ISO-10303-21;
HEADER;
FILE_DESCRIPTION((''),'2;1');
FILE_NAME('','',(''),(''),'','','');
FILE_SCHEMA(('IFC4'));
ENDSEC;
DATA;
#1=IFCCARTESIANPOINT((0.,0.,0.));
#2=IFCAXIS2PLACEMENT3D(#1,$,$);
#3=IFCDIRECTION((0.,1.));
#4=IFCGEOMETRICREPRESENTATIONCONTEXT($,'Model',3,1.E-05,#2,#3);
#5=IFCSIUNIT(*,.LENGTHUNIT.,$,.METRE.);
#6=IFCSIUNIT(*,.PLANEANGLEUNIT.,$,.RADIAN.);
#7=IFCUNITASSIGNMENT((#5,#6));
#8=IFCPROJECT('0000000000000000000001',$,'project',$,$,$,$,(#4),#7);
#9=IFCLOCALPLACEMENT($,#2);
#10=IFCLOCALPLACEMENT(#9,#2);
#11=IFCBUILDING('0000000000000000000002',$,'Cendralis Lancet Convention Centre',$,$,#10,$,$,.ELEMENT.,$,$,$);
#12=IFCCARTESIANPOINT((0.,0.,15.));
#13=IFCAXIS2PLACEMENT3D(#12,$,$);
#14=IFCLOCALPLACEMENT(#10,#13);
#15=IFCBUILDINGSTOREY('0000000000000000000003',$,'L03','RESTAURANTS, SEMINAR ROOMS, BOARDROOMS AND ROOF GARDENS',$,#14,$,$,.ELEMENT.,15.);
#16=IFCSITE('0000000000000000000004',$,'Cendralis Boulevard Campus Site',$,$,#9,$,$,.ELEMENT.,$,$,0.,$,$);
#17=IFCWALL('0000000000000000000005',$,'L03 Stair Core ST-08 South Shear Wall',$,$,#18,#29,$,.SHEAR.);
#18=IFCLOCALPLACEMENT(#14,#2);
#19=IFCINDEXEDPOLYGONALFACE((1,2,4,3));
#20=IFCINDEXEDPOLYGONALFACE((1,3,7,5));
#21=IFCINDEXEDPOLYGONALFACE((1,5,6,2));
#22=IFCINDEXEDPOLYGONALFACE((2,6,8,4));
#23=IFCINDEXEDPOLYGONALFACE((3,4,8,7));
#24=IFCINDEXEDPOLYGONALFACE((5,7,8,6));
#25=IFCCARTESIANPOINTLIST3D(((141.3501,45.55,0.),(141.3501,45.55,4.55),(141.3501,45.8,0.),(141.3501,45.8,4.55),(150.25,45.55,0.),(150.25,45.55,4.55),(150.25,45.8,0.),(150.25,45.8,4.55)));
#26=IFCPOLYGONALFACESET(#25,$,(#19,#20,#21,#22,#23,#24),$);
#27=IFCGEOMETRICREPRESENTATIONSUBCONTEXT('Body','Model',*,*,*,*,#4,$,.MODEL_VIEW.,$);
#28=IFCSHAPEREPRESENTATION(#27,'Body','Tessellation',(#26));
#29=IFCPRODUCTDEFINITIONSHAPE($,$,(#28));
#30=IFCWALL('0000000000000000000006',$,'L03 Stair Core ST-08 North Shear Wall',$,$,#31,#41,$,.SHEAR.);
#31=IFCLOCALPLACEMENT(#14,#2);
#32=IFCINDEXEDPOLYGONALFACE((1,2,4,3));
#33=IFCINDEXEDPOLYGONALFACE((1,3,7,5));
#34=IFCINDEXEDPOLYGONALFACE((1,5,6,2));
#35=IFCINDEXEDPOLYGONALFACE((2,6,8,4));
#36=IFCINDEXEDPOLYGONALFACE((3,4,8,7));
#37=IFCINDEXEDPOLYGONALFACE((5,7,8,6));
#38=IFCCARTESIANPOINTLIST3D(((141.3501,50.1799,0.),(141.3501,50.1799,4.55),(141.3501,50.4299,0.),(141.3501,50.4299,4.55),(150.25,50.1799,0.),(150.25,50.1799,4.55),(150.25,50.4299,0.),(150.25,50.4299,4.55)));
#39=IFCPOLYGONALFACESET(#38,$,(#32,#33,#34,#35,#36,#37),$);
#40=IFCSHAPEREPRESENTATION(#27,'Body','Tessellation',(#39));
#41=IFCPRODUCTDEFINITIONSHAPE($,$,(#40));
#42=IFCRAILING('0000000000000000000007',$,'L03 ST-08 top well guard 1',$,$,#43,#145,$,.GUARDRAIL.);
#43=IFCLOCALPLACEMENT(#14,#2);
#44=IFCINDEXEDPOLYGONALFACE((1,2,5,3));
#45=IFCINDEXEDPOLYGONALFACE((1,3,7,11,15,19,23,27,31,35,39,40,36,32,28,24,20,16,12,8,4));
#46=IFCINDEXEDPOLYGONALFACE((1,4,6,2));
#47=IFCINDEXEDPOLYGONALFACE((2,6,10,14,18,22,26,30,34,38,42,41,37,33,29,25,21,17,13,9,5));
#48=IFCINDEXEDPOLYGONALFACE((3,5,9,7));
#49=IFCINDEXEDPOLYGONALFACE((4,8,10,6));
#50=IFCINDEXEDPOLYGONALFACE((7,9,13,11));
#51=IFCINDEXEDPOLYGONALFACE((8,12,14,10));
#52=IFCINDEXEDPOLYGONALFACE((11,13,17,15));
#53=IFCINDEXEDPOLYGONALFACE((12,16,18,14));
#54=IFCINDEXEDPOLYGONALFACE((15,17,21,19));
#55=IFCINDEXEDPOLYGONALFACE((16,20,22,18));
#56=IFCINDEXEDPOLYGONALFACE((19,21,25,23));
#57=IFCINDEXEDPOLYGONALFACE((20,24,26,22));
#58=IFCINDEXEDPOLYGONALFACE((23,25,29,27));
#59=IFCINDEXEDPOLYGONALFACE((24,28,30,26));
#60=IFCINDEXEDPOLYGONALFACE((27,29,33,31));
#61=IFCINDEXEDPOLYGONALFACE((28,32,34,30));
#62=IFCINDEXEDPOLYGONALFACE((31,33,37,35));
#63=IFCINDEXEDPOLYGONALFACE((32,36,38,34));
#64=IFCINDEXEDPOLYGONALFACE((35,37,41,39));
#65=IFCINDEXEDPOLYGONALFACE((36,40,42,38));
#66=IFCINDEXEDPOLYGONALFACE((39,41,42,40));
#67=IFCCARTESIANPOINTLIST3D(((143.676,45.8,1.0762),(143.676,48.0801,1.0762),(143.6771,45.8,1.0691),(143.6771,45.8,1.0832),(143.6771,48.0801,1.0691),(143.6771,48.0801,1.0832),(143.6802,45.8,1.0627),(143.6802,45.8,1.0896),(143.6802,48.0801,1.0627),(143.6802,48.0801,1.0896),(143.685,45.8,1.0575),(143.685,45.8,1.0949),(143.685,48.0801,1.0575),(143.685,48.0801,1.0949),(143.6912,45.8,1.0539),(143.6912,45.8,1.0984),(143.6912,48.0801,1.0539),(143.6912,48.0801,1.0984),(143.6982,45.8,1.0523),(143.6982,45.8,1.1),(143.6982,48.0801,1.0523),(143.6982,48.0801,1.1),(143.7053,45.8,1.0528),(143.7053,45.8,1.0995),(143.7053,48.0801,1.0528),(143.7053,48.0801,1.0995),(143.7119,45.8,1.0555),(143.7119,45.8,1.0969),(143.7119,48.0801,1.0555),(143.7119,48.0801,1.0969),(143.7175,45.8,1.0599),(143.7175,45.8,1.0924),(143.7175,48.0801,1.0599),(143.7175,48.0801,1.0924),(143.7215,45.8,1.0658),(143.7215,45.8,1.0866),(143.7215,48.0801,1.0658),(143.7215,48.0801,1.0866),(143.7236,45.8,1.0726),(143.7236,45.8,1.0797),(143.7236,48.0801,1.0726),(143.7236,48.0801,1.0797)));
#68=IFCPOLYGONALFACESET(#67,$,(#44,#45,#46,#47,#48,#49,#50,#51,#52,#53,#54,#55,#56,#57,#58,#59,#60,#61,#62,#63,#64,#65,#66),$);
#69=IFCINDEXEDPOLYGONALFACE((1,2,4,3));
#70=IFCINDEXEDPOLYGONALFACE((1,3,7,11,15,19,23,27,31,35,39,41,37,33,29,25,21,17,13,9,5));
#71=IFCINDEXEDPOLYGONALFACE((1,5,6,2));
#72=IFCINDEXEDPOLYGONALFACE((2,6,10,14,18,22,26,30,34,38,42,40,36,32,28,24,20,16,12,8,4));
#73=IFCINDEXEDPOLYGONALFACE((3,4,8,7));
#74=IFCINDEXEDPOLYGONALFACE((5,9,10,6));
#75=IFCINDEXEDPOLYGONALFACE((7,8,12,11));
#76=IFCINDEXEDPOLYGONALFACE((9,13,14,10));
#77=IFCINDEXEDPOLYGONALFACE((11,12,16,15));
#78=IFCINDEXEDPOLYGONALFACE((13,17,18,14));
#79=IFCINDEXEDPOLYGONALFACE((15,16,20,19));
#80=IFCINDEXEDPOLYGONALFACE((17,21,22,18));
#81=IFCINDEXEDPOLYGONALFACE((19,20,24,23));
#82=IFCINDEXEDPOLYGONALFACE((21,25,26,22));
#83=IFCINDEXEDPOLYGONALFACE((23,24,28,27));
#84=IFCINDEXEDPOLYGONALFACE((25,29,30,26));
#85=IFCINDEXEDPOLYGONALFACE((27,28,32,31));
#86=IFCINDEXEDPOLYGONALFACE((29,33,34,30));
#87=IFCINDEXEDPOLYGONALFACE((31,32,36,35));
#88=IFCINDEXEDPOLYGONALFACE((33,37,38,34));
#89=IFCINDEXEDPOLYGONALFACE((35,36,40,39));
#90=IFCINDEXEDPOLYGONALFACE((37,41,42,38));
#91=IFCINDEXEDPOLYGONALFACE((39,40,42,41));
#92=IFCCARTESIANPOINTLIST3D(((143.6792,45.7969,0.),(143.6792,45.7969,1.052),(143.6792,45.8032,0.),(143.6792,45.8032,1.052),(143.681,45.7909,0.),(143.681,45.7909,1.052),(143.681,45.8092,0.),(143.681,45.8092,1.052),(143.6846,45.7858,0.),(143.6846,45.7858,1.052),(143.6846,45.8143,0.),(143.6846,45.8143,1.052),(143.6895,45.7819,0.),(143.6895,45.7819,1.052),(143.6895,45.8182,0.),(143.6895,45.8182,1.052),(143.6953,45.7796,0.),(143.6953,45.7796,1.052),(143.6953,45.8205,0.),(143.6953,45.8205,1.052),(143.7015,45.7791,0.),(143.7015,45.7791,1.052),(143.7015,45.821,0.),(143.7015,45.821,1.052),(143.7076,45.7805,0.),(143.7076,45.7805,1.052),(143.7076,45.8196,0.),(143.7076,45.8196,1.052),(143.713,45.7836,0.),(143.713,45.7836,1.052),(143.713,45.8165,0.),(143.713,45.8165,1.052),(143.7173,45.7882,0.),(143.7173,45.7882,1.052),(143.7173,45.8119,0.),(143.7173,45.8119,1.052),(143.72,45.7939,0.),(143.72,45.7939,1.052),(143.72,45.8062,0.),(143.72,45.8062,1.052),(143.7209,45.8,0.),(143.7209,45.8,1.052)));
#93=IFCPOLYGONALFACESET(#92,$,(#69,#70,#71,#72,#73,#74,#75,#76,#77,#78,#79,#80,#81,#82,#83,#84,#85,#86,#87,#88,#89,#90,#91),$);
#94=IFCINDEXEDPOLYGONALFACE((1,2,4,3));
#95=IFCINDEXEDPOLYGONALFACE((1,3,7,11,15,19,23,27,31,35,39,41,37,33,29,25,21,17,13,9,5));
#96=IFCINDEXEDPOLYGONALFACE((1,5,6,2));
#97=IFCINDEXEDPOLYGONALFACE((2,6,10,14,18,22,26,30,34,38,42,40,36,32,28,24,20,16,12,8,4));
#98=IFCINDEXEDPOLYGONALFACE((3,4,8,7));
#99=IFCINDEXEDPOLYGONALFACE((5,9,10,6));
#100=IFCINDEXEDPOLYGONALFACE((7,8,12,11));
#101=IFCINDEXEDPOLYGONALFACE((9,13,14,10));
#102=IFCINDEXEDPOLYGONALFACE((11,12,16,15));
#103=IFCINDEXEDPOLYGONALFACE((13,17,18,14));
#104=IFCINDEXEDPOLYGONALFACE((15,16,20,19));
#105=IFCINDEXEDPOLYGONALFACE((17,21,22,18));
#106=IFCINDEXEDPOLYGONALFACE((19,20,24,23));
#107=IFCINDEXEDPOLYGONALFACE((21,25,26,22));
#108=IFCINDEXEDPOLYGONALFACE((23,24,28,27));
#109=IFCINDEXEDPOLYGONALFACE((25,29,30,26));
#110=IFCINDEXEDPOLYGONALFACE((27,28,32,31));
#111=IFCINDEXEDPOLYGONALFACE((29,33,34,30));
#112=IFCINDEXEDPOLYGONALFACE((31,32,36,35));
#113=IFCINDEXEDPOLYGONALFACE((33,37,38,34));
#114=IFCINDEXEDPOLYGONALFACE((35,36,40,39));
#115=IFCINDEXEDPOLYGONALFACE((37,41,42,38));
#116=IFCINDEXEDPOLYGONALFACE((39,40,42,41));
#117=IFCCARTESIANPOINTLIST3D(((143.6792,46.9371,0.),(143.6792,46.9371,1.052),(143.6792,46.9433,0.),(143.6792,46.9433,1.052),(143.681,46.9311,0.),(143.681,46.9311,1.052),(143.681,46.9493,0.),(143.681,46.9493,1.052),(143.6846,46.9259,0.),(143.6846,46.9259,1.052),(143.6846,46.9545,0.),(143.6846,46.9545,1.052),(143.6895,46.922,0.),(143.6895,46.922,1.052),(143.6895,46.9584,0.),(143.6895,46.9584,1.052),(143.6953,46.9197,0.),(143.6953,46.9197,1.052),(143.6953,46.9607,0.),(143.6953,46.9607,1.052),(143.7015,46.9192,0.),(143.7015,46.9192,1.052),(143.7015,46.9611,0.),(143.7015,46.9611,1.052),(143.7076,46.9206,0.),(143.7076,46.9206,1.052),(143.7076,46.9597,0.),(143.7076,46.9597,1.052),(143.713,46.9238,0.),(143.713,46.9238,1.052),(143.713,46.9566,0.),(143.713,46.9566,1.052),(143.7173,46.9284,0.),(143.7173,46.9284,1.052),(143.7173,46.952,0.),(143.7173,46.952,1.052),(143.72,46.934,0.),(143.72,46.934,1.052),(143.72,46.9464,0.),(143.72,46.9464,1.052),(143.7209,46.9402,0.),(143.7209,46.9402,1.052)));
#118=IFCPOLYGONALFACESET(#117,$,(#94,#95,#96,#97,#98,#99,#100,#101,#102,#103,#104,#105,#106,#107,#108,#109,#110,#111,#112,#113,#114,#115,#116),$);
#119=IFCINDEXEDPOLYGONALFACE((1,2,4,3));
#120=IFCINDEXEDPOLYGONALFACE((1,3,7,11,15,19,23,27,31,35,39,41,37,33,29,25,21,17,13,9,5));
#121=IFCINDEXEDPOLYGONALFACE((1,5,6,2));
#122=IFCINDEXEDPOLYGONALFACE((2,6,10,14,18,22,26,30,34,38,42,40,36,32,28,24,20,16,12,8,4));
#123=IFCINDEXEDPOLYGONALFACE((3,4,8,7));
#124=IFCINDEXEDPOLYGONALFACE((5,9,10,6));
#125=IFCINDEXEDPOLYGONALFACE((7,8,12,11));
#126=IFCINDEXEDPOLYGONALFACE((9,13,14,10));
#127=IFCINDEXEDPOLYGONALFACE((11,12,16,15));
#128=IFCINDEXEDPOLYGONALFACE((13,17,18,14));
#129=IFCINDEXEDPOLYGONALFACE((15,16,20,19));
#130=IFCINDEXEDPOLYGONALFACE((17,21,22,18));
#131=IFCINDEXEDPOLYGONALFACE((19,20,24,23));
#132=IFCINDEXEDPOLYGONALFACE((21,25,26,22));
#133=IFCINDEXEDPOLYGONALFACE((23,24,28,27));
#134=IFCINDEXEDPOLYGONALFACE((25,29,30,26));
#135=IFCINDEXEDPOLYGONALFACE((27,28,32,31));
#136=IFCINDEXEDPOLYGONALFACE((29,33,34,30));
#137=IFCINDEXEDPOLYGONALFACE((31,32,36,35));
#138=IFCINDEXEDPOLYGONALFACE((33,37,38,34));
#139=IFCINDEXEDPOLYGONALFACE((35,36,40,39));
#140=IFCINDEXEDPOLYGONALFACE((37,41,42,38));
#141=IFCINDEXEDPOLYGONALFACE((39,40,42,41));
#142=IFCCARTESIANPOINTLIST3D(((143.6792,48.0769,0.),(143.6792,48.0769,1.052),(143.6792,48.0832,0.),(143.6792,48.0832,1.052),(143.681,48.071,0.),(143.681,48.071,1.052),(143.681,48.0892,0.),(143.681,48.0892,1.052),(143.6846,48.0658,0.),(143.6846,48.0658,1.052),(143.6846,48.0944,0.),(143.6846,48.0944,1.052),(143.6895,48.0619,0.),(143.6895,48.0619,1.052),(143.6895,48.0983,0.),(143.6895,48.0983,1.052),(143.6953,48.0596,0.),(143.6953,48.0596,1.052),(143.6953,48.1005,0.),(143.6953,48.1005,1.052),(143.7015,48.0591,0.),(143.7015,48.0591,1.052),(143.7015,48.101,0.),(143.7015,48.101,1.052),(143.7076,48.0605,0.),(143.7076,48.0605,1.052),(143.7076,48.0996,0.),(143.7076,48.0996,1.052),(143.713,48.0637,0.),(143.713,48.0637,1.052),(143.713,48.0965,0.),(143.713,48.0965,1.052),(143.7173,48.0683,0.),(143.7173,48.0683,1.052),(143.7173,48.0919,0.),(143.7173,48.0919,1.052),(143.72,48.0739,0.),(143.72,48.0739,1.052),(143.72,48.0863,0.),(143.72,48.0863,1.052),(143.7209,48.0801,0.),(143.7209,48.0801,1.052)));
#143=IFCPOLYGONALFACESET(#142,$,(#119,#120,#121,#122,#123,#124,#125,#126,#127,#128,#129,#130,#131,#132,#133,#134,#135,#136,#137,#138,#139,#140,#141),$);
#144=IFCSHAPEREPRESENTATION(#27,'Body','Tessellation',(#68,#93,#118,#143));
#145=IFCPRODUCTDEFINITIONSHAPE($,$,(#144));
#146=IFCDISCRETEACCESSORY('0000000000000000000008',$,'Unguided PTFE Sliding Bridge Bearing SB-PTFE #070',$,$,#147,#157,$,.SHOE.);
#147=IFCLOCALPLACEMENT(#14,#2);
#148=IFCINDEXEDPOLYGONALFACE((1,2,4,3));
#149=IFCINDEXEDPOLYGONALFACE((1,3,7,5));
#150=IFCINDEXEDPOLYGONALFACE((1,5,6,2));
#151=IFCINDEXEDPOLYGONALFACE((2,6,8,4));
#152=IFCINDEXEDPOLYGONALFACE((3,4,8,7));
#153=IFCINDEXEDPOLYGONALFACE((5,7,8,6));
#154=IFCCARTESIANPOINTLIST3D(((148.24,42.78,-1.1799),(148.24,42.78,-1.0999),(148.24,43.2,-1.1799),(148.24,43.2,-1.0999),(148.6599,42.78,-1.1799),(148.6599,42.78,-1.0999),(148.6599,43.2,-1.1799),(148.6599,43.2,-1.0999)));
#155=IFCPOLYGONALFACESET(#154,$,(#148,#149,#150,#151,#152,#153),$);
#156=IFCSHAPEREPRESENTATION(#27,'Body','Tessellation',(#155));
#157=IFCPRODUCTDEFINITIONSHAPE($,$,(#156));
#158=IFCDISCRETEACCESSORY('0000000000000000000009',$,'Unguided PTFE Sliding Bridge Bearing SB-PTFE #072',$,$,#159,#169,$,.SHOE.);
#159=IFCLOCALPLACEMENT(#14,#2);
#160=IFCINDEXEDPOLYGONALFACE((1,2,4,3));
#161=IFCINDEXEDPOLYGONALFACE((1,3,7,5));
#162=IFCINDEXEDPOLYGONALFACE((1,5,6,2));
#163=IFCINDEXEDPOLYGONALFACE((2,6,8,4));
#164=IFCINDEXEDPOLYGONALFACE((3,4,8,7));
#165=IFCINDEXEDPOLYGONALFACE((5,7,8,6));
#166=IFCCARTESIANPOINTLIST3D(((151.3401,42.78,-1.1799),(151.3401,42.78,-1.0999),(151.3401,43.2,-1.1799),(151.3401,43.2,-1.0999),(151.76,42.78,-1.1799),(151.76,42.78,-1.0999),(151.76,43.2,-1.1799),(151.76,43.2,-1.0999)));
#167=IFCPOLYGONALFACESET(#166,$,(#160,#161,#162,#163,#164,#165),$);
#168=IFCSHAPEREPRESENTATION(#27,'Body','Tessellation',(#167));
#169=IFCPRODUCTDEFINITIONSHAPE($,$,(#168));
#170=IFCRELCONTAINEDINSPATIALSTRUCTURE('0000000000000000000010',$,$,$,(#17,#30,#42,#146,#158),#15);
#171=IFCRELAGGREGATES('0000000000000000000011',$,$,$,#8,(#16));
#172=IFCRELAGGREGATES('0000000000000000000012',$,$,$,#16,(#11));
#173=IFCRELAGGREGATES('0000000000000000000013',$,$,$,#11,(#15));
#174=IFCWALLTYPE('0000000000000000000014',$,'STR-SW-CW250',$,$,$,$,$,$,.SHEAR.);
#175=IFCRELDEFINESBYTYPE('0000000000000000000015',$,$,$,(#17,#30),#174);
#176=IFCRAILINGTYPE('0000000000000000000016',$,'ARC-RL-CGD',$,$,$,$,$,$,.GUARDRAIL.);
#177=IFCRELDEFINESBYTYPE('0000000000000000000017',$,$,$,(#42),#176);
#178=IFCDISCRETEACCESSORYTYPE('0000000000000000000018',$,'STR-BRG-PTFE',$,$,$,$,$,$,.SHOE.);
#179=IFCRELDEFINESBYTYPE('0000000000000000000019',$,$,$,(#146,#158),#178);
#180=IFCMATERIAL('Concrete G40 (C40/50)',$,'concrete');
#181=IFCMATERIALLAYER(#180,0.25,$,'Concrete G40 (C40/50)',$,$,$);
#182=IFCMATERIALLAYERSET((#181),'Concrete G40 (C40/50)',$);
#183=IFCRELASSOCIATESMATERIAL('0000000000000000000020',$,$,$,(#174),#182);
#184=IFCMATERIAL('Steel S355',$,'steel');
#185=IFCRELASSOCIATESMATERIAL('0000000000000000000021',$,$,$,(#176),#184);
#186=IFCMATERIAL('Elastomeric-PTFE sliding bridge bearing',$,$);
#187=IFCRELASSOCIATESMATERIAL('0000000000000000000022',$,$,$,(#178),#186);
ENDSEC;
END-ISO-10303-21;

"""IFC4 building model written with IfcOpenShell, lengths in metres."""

from ifc_helpers import new_model, si_unit, direction, frame, frame_2d, origin, origin_2d, place, context, subcontext, project, spatial, rectangle, circle, extrude, material, layer, layer_set, type_object, element, save


model = new_model("IFC4")

# Units and contexts
model_context = context("Model", 3, precision=1e-05, world=origin(), true_north=direction((0.0, 1.0)))
body_context = subcontext(model_context, "Body", "Model", "MODEL_VIEW")
ifc_project = project(units=[si_unit("LENGTHUNIT", "METRE"), si_unit("PLANEANGLEUNIT", "RADIAN")], contexts=[model_context])

# Site, building, storey
site_placement = place(None, origin())
site = spatial("IfcSite", under=ifc_project, at=site_placement, Name="Cendralis Boulevard Campus Site", CompositionType="ELEMENT", RefElevation=0.0)
building_placement = place(site_placement, origin())
building = spatial("IfcBuilding", under=site, at=building_placement, Name="Cendralis Lancet Convention Centre", CompositionType="ELEMENT")
storey_placement = place(building_placement, frame((0.0, 0.0, 15.0)))
storey = spatial("IfcBuildingStorey", under=building, at=storey_placement, Name="L03", Description="RESTAURANTS, SEMINAR ROOMS, BOARDROOMS AND ROOF GARDENS", CompositionType="ELEMENT", Elevation=15.0)

# Shared definitions
ifc_material_1 = material(Name="Concrete G40 (C40/50)", Category="concrete")
ifc_material_2 = material(Name="Steel S355", Category="steel")

# Shared definitions
ifc_layer_1 = layer(ifc_material_1, 0.25, Name="Concrete G40 (C40/50)")
ifc_layer_set_1 = layer_set([ifc_layer_1], Name="Concrete G40 (C40/50)")
wall_type = type_object("IfcWallType", Name="STR-SW-CW250", PredefinedType="SHEAR", material=ifc_layer_set_1)

# Walls
for number, where, z_axis, x_axis, name in (
    (1, (141.3501, 45.675, 0.0), (0.0, 0.0, 1.0), (1.0, 0.0, 0.0), "L03 Stair Core ST-08 South Shear Wall"),
    (2, (141.3501, 50.3049, 0.0), (0.0, 0.0, 1.0), (1.0, 0.0, 0.0), "L03 Stair Core ST-08 North Shear Wall"),
):
    element("IfcWall", number, at=place(storey_placement, frame(where, z_axis=z_axis, x_axis=x_axis)), inside=storey, type_object=wall_type, Name=name, PredefinedType="SHEAR", context=body_context, shape_type="SweptSolid", body=[
        extrude(rectangle(XDim=8.8999, YDim=0.25, at=frame_2d((4.45, 0.0))), origin(), (0.0, 0.0, 1.0), 4.55),
    ])

# Railing
railing_type_1 = type_object("IfcRailingType", Name="ARC-RL-CGD", PredefinedType="GUARDRAIL", material=ifc_material_2)
railing_1_placement = place(storey_placement, frame((143.7, 45.8, 0.0)))
element("IfcRailing", 3, at=railing_1_placement, inside=storey, type_object=railing_type_1, Name="L03 ST-08 top well guard 1", PredefinedType="GUARDRAIL", context=body_context, shape_type="SweptSolid", body=[
    extrude(circle(Radius=0.0239, at=origin_2d()), frame((0.0, 0.0, 1.0762), z_axis=(0.0, 1.0, 0.0), x_axis=(-1.0, 0.0, 0.0)), (0.0, 0.0, 1.0), 2.28),
    extrude(circle(Radius=0.021, at=origin_2d()), origin(), (0.0, 0.0, 1.0), 1.052),
    extrude(circle(Radius=0.021, at=origin_2d()), frame((0.0, 1.1401, 0.0)), (0.0, 0.0, 1.0), 1.052),
    extrude(circle(Radius=0.021, at=origin_2d()), frame((0.0, 2.28, 0.0)), (0.0, 0.0, 1.0), 1.052),
])

# Discrete accessories
ifc_material_3 = material(Name="Elastomeric-PTFE sliding bridge bearing")
discrete_accessory_type = type_object("IfcDiscreteAccessoryType", Name="STR-BRG-PTFE", PredefinedType="SHOE", material=ifc_material_3)
for number, where, z_axis, x_axis, name in (
    (4, (148.45, 42.99, -1.1799), (0.0, 0.0, 1.0), (1.0, 0.0, 0.0), "Unguided PTFE Sliding Bridge Bearing SB-PTFE #070"),
    (5, (151.55, 42.99, -1.1799), (0.0, 0.0, 1.0), (1.0, 0.0, 0.0), "Unguided PTFE Sliding Bridge Bearing SB-PTFE #072"),
):
    element("IfcDiscreteAccessory", number, at=place(storey_placement, frame(where, z_axis=z_axis, x_axis=x_axis)), inside=storey, type_object=discrete_accessory_type, Name=name, PredefinedType="SHOE", context=body_context, shape_type="SweptSolid", body=[
        extrude(rectangle(XDim=0.4199, YDim=0.4199, at=origin_2d()), origin(), (0.0, 0.0, 1.0), 0.0801),
    ])

save(model, "model.ifc")
